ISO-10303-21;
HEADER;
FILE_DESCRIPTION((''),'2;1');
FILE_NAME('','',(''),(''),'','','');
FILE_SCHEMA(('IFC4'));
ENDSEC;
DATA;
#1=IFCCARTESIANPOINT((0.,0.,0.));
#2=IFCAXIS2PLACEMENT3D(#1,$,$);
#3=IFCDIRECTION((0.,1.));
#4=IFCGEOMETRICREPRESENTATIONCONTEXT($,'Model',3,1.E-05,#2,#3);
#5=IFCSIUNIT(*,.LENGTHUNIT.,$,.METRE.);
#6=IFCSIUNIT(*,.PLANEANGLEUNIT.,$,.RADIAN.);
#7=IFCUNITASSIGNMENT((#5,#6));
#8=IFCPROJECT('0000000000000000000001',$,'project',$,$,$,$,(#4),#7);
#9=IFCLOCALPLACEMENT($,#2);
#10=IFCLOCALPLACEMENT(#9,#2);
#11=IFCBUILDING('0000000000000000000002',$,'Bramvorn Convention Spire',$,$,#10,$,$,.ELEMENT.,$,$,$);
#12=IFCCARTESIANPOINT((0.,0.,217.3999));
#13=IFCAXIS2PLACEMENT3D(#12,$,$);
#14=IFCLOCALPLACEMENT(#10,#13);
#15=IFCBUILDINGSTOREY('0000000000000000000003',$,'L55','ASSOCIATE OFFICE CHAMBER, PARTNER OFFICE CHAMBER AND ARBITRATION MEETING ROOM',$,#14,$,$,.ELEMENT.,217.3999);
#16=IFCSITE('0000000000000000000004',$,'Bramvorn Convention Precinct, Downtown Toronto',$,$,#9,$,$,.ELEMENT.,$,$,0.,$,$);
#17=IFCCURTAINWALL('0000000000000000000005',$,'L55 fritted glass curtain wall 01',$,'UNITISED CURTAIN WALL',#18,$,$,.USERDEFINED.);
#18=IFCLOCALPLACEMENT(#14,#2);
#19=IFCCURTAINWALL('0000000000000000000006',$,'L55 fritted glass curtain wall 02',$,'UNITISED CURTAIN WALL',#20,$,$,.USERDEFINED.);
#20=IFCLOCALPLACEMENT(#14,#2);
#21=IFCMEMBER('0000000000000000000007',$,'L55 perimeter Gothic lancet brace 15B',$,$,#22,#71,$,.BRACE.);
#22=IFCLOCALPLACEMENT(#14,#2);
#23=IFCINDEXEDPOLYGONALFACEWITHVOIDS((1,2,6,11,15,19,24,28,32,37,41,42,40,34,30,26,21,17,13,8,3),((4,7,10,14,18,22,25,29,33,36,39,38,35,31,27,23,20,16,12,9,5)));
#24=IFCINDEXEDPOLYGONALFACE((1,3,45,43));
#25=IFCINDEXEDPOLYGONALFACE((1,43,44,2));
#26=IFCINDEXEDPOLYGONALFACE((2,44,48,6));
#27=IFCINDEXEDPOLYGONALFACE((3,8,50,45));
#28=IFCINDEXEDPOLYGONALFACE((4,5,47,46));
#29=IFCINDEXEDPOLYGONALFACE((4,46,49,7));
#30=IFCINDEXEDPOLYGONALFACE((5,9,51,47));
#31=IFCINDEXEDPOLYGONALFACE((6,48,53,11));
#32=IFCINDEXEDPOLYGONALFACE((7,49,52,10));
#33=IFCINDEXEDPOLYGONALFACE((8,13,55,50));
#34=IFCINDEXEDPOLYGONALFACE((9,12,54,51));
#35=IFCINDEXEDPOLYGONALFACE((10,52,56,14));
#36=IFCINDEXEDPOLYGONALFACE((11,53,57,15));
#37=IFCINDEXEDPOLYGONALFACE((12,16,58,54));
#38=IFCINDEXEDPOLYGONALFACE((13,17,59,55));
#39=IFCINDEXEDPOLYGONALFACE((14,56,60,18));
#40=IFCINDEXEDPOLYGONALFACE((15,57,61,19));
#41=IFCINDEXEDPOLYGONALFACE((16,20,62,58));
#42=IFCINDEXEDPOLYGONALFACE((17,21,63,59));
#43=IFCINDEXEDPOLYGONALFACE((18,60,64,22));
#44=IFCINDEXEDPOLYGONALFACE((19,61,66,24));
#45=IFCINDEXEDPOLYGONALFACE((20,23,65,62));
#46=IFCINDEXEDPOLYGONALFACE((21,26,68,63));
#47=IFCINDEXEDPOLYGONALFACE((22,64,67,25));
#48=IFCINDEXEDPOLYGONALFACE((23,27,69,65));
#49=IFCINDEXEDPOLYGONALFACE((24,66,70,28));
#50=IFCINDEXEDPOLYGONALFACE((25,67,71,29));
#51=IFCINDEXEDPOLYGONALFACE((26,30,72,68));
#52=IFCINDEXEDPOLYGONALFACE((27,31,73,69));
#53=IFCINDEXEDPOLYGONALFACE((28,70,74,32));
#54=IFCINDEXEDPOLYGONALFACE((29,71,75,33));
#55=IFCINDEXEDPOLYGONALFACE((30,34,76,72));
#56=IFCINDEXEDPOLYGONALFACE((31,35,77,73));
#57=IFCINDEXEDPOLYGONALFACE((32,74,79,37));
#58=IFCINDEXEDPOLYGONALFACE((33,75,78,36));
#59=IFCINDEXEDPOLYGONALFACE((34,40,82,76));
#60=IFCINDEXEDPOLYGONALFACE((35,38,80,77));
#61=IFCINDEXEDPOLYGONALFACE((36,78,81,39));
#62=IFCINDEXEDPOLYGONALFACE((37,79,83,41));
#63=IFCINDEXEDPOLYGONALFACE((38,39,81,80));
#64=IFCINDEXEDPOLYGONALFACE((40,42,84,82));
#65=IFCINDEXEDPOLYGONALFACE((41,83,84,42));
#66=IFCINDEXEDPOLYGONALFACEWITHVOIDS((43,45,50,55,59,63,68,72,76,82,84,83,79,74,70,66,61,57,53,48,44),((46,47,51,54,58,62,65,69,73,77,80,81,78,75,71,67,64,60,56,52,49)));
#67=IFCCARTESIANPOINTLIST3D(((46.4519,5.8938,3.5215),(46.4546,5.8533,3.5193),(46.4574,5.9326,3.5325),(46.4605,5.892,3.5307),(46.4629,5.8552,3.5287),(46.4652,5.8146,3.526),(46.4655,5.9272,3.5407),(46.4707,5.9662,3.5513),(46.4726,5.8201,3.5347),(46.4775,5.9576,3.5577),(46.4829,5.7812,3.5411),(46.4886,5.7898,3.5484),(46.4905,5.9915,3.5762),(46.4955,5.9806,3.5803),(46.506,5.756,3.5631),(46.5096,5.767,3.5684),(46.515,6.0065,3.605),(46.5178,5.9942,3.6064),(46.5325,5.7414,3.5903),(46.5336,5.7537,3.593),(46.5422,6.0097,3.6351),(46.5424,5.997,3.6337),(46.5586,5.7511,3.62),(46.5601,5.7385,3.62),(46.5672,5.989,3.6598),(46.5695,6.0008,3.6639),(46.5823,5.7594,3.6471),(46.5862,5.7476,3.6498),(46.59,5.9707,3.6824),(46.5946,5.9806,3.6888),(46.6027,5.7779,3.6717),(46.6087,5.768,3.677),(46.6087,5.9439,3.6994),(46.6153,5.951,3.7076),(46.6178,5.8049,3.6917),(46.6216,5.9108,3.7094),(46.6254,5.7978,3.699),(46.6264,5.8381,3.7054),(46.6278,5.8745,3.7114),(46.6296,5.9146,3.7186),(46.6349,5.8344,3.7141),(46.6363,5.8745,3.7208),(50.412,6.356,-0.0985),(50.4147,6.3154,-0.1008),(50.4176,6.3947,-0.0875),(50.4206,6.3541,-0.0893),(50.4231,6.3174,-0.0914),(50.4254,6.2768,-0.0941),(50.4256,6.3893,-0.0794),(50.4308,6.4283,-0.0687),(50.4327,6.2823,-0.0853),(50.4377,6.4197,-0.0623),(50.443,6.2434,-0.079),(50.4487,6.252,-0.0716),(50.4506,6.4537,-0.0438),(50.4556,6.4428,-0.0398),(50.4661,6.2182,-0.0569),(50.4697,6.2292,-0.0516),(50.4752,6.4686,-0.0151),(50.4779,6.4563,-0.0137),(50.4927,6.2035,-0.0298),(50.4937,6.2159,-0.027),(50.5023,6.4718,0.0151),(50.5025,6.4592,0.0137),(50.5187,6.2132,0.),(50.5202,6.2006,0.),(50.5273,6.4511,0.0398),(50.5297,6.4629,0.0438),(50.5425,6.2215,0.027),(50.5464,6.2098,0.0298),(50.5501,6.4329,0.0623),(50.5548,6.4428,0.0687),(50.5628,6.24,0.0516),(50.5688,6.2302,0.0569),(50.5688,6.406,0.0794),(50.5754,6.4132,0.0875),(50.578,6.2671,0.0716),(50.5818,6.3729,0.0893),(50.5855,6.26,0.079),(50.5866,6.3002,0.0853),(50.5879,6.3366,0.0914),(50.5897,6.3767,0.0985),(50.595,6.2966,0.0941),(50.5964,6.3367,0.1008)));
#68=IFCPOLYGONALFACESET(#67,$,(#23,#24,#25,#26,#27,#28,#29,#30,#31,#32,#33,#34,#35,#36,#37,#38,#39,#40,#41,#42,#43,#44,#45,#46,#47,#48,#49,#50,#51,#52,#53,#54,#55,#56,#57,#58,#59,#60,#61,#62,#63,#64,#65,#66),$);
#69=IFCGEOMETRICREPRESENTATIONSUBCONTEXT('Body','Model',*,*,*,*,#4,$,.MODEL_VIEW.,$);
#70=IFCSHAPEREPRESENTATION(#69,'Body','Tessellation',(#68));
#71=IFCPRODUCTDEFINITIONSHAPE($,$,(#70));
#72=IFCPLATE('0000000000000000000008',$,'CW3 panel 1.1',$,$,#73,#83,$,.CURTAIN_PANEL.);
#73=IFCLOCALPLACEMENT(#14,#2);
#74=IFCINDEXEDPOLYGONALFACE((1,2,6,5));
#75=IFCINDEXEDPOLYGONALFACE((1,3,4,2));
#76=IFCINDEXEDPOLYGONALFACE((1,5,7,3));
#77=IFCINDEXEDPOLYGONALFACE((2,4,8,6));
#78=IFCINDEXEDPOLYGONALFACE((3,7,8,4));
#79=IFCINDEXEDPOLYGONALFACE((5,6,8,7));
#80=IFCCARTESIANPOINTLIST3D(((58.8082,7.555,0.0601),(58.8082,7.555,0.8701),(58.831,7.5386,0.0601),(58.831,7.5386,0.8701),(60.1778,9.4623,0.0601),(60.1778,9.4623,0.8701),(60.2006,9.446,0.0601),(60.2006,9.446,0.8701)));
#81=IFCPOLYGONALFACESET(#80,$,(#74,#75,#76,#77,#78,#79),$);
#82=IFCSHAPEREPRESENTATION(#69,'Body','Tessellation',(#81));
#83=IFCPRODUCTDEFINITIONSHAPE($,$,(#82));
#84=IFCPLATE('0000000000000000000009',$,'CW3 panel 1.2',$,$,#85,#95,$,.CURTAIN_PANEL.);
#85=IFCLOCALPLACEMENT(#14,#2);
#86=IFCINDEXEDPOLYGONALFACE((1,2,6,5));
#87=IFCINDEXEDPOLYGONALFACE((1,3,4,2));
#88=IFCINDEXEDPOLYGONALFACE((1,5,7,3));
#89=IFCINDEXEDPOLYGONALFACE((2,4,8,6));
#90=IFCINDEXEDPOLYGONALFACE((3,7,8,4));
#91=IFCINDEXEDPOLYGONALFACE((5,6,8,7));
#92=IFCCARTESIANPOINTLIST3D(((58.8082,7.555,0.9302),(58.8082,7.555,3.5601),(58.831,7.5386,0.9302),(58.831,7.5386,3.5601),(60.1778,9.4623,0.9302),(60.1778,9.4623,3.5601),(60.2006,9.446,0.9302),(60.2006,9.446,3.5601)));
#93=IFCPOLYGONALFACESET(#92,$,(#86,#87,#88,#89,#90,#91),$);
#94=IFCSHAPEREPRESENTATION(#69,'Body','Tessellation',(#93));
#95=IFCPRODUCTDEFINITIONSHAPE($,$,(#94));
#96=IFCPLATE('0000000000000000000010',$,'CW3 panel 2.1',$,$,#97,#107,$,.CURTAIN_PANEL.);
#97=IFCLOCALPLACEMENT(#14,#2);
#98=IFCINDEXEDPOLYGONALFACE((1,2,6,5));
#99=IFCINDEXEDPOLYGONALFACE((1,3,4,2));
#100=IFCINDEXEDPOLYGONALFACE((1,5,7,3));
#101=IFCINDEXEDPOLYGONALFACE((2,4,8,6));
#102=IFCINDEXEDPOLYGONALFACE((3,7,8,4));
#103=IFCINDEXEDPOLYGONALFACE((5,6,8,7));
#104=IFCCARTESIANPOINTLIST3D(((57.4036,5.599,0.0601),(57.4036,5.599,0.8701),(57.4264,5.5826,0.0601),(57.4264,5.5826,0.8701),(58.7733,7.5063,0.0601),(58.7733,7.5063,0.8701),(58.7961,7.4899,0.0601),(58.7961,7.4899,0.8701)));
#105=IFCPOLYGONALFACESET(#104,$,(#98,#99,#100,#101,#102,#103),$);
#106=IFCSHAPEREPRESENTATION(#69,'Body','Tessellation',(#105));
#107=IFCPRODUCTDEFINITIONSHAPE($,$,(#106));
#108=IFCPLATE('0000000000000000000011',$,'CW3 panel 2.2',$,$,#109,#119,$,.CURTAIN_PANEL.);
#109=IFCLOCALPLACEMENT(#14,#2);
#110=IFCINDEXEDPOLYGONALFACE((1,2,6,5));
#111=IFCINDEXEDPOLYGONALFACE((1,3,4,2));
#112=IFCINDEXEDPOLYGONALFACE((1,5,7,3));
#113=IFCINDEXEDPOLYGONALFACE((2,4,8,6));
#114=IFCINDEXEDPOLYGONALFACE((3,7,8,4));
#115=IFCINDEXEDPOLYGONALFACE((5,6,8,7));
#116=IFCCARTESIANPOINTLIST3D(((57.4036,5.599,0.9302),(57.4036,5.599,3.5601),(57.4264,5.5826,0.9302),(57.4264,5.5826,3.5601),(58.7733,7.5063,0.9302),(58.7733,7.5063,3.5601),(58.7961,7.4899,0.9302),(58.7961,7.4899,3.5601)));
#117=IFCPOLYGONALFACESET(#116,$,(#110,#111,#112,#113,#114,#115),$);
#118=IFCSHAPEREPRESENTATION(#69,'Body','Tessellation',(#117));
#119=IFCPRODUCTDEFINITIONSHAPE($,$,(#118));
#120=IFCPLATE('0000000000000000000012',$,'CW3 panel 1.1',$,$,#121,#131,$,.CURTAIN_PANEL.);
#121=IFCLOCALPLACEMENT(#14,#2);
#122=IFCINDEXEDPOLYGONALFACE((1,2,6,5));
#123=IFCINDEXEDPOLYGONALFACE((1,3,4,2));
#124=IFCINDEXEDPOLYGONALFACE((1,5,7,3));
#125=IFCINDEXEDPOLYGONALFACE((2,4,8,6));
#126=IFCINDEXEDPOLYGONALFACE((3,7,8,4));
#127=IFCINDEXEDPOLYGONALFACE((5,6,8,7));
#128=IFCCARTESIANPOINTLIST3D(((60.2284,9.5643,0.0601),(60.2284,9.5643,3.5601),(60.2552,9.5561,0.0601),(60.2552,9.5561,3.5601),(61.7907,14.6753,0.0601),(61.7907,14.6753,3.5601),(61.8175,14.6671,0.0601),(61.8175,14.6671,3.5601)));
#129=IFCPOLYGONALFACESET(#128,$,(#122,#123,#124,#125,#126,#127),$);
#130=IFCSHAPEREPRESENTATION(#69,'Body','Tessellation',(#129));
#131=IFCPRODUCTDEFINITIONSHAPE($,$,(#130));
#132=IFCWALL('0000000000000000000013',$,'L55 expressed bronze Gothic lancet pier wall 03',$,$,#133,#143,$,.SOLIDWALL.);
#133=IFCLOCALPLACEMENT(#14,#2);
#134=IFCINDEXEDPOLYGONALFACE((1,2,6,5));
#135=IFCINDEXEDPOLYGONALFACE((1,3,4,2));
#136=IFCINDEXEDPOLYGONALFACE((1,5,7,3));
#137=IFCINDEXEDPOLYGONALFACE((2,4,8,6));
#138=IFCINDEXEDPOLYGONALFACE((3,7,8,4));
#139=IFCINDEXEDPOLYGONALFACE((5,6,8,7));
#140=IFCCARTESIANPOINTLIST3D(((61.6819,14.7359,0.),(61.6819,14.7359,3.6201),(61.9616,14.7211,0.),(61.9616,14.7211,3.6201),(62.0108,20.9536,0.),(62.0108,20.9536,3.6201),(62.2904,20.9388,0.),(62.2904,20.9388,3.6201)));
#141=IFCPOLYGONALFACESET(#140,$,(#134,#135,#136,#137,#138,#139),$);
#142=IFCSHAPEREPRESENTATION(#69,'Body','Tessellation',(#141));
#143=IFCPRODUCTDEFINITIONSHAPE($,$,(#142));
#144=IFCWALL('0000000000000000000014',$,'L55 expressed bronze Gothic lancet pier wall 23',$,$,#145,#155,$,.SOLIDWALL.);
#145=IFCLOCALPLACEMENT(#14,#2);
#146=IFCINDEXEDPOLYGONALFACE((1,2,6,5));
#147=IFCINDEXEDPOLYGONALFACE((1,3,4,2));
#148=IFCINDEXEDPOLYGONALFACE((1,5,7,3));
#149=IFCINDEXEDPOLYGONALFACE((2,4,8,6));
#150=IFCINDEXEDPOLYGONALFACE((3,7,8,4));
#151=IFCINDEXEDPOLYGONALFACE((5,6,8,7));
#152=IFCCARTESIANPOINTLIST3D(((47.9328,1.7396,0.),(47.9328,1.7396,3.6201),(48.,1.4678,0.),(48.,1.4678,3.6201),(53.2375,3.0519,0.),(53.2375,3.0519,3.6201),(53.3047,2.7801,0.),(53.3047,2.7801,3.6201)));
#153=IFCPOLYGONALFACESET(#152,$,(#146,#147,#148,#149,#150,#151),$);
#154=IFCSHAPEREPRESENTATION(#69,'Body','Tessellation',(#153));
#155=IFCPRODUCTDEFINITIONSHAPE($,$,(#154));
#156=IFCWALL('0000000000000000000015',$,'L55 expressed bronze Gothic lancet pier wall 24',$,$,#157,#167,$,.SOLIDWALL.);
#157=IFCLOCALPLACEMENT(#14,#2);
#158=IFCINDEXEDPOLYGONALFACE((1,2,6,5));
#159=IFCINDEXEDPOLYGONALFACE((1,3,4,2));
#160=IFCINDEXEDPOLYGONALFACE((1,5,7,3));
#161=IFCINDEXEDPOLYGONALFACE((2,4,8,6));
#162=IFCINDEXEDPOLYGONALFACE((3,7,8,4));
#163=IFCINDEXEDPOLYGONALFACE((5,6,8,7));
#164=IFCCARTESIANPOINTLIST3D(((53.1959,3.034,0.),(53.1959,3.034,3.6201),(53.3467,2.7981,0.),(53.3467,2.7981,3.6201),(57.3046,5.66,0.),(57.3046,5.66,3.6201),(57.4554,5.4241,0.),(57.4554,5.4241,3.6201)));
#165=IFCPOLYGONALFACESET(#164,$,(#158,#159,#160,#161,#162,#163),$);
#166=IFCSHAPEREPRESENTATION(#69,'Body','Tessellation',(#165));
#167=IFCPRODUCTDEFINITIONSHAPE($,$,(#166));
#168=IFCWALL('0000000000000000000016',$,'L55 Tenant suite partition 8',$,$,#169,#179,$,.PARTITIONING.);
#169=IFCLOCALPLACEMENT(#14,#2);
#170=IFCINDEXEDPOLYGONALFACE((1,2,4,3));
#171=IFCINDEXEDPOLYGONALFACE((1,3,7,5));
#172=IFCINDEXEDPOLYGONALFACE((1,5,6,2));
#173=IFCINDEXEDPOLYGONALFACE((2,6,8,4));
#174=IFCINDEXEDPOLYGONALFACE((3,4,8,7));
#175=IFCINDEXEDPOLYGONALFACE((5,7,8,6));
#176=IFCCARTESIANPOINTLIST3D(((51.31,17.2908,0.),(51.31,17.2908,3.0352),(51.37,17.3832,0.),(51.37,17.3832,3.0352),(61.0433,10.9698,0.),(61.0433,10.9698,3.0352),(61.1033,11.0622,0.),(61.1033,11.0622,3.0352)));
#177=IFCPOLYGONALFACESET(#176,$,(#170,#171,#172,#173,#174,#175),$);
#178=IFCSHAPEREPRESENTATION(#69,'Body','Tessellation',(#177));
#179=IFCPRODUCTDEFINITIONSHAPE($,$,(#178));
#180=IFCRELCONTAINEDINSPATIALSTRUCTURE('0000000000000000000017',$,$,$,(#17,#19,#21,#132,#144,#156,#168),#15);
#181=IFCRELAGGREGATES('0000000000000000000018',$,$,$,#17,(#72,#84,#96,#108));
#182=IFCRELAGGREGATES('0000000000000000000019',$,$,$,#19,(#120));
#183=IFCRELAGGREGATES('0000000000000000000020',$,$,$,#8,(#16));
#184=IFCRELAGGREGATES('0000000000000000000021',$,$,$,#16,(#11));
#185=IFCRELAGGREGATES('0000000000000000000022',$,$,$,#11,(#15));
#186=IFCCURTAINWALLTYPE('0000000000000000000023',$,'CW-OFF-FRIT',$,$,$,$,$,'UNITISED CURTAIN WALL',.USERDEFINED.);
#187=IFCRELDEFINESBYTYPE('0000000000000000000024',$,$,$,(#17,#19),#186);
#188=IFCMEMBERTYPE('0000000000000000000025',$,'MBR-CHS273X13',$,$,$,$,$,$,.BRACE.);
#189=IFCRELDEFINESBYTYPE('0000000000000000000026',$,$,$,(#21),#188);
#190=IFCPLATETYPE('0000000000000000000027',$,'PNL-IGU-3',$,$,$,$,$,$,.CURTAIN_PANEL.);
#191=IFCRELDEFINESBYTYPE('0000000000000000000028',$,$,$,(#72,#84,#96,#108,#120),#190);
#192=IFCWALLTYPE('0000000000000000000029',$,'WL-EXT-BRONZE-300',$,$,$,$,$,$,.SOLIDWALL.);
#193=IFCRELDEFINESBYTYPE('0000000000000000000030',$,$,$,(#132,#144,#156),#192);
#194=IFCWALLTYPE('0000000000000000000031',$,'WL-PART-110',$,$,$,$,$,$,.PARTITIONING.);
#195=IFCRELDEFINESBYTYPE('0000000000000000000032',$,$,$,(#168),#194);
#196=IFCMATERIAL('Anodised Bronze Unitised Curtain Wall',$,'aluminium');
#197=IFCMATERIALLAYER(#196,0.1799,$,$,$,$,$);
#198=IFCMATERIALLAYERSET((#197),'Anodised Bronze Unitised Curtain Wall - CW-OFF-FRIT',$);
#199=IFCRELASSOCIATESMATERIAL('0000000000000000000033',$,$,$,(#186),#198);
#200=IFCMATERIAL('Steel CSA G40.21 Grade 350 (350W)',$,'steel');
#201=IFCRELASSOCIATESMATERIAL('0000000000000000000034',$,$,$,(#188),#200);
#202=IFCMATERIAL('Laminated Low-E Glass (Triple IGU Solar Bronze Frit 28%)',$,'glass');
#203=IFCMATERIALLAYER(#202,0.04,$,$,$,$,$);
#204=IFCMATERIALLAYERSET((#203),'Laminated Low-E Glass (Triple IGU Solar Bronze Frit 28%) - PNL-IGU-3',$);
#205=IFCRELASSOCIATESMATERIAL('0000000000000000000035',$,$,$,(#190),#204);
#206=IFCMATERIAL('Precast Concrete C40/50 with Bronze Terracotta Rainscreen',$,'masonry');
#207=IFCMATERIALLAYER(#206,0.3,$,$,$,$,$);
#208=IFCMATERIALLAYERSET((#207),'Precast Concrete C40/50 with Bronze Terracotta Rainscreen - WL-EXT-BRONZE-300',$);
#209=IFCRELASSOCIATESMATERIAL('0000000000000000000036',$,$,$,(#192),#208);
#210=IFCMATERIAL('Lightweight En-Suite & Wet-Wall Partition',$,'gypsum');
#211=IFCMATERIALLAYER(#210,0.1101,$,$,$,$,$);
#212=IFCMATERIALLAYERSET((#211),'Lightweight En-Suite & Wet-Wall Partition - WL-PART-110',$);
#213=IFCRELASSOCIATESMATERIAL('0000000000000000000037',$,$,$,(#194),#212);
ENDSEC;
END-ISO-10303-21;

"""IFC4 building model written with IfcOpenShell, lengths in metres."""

from ifc_helpers import new_model, si_unit, direction, frame, frame_2d, origin, origin_2d, place, context, subcontext, project, spatial, rectangle, hollow_circle, extrude, material, layer, layer_set, material_profile, profile_set, type_object, element, aggregate, save


model = new_model("IFC4")

# Units and contexts
model_context = context("Model", 3, precision=1e-05, world=origin(), true_north=direction((0.0, 1.0)))
body_context = subcontext(model_context, "Body", "Model", "MODEL_VIEW")
ifc_project = project(units=[si_unit("LENGTHUNIT", "METRE"), si_unit("PLANEANGLEUNIT", "RADIAN")], contexts=[model_context])

# Site, building, storey
site_placement = place(None, origin())
site = spatial("IfcSite", under=ifc_project, at=site_placement, Name="Bramvorn Convention Precinct, Downtown Toronto", CompositionType="ELEMENT", RefElevation=0.0)
building_placement = place(site_placement, origin())
building = spatial("IfcBuilding", under=site, at=building_placement, Name="Bramvorn Convention Spire", CompositionType="ELEMENT")
storey_placement = place(building_placement, frame((0.0, 0.0, 217.3999)))
storey = spatial("IfcBuildingStorey", under=building, at=storey_placement, Name="L55", Description="ASSOCIATE OFFICE CHAMBER, PARTNER OFFICE CHAMBER AND ARBITRATION MEETING ROOM", CompositionType="ELEMENT", Elevation=217.3999)

# Shared definitions
ifc_material_1 = material(Name="Steel CSA G40.21 Grade 350 (350W)", Category="steel")

# Curtain walls
ifc_material_2 = material(Name="Anodised Bronze Unitised Curtain Wall", Category="aluminium")
ifc_layer_1 = layer(ifc_material_2, 0.1799)
ifc_layer_set_1 = layer_set([ifc_layer_1], Name="Anodised Bronze Unitised Curtain Wall - CW-OFF-FRIT")
curtain_wall_type = type_object("IfcCurtainWallType", Name="CW-OFF-FRIT", ElementType="UNITISED CURTAIN WALL", PredefinedType="USERDEFINED", material=ifc_layer_set_1)
curtain_wall_1_placement = place(storey_placement, origin())
curtain_wall_1 = element("IfcCurtainWall", 1, at=curtain_wall_1_placement, inside=storey, type_object=curtain_wall_type, Name="L55 fritted glass curtain wall 01", ObjectType="UNITISED CURTAIN WALL", PredefinedType="USERDEFINED")
curtain_wall_2_placement = place(storey_placement, origin())
curtain_wall_2 = element("IfcCurtainWall", 2, at=curtain_wall_2_placement, inside=storey, type_object=curtain_wall_type, Name="L55 fritted glass curtain wall 02", ObjectType="UNITISED CURTAIN WALL", PredefinedType="USERDEFINED")

# Member
ifc_material_profile_1 = material_profile(ifc_material_1, hollow_circle(Radius=0.1365, WallThickness=0.0127, at=origin_2d()))
ifc_profile_set_1 = profile_set([ifc_material_profile_1], Name="Steel CSA G40.21 Grade 350 (350W) - CHS273X13")
member_type_1 = type_object("IfcMemberType", Name="MBR-CHS273X13", PredefinedType="BRACE", material=ifc_profile_set_1)
member_1_placement = place(storey_placement, frame((50.5044, 6.3362, 0.0), z_axis=(-0.735365, -0.085818, 0.672215), x_axis=(0.115914, -0.993259, 0.0)))
element("IfcMember", 3, at=member_1_placement, inside=storey, type_object=member_type_1, Name="L55 perimeter Gothic lancet brace 15B", PredefinedType="BRACE", context=body_context, shape_type="SweptSolid", body=[
    extrude(hollow_circle(Radius=0.1365, WallThickness=0.0127, at=origin_2d()), origin(), (0.0, 0.0, 1.0), 5.3853),
])

# Plates
ifc_material_3 = material(Name="Laminated Low-E Glass (Triple IGU Solar Bronze Frit 28%)", Category="glass")
ifc_layer_2 = layer(ifc_material_3, 0.04)
ifc_layer_set_2 = layer_set([ifc_layer_2], Name="Laminated Low-E Glass (Triple IGU Solar Bronze Frit 28%) - PNL-IGU-3")
plate_type = type_object("IfcPlateType", Name="PNL-IGU-3", PredefinedType="CURTAIN_PANEL", material=ifc_layer_set_2)
plate_1_placement = place(storey_placement, frame((59.5044, 8.5005, 0.0601), z_axis=(0.0, 0.0, 1.0), x_axis=(-0.583295, -0.812261, 0.0)))
plate_1 = element("IfcPlate", 4, at=plate_1_placement, type_object=plate_type, Name="CW3 panel 1.1", PredefinedType="CURTAIN_PANEL", context=body_context, shape_type="SweptSolid", body=[
    extrude(rectangle(XDim=2.3481, YDim=0.0281, at=origin_2d()), origin(), (0.0, 0.0, 1.0), 0.8101),
])
plate_2_placement = place(storey_placement, frame((59.5044, 8.5005, 0.9302), z_axis=(0.0, 0.0, 1.0), x_axis=(-0.583295, -0.812261, 0.0)))
plate_2 = element("IfcPlate", 5, at=plate_2_placement, type_object=plate_type, Name="CW3 panel 1.2", PredefinedType="CURTAIN_PANEL", context=body_context, shape_type="SweptSolid", body=[
    extrude(rectangle(XDim=2.3481, YDim=0.0281, at=origin_2d()), origin(), (0.0, 0.0, 1.0), 2.6299),
])
plate_3_placement = place(storey_placement, frame((58.0999, 6.5444, 0.0601), z_axis=(0.0, 0.0, 1.0), x_axis=(-0.583295, -0.812261, 0.0)))
plate_3 = element("IfcPlate", 6, at=plate_3_placement, type_object=plate_type, Name="CW3 panel 2.1", PredefinedType="CURTAIN_PANEL", context=body_context, shape_type="SweptSolid", body=[
    extrude(rectangle(XDim=2.3481, YDim=0.0281, at=origin_2d()), origin(), (0.0, 0.0, 1.0), 0.8101),
])
plate_4_placement = place(storey_placement, frame((58.0999, 6.5444, 0.9302), z_axis=(0.0, 0.0, 1.0), x_axis=(-0.583295, -0.812261, 0.0)))
plate_4 = element("IfcPlate", 7, at=plate_4_placement, type_object=plate_type, Name="CW3 panel 2.2", PredefinedType="CURTAIN_PANEL", context=body_context, shape_type="SweptSolid", body=[
    extrude(rectangle(XDim=2.3481, YDim=0.0281, at=origin_2d()), origin(), (0.0, 0.0, 1.0), 2.6299),
])
aggregate(curtain_wall_1, [plate_1, plate_2, plate_3, plate_4])
plate_5_placement = place(storey_placement, frame((61.0229, 12.1157, 0.0601), z_axis=(0.0, 0.0, 1.0), x_axis=(-0.292318, -0.956321, 0.0)))
plate_5 = element("IfcPlate", 8, at=plate_5_placement, type_object=plate_type, Name="CW3 panel 1.1", PredefinedType="CURTAIN_PANEL", context=body_context, shape_type="SweptSolid", body=[
    extrude(rectangle(XDim=5.3445, YDim=0.0281, at=origin_2d()), origin(), (0.0, 0.0, 1.0), 3.5),
])
aggregate(curtain_wall_2, [plate_5])

# Walls
ifc_material_4 = material(Name="Precast Concrete C40/50 with Bronze Terracotta Rainscreen", Category="masonry")
ifc_layer_3 = layer(ifc_material_4, 0.3)
ifc_layer_set_3 = layer_set([ifc_layer_3], Name="Precast Concrete C40/50 with Bronze Terracotta Rainscreen - WL-EXT-BRONZE-300")
wall_type_1 = type_object("IfcWallType", Name="WL-EXT-BRONZE-300", PredefinedType="SOLIDWALL", material=ifc_layer_set_3)
wall_1_placement = place(storey_placement, frame((62.1506, 20.9463, 0.0), z_axis=(0.0, 0.0, 1.0), x_axis=(-0.052818, -0.998604, 0.0)))
element("IfcWall", 9, at=wall_1_placement, inside=storey, type_object=wall_type_1, Name="L55 expressed bronze Gothic lancet pier wall 03", PredefinedType="SOLIDWALL", context=body_context, shape_type="SweptSolid", body=[
    extrude(rectangle(XDim=6.2263, YDim=0.28, at=frame_2d((3.1133, 0.0))), origin(), (0.0, 0.0, 1.0), 3.6201),
])
wall_2_placement = place(storey_placement, frame((53.2712, 2.916, 0.0), z_axis=(0.0, 0.0, 1.0), x_axis=(-0.970739, -0.240138, 0.0)))
element("IfcWall", 10, at=wall_2_placement, inside=storey, type_object=wall_type_1, Name="L55 expressed bronze Gothic lancet pier wall 23", PredefinedType="SOLIDWALL", context=body_context, shape_type="SweptSolid", body=[
    extrude(rectangle(XDim=5.4646, YDim=0.28, at=frame_2d((2.7324, 0.0))), origin(), (0.0, 0.0, 1.0), 3.6201),
])
wall_3_placement = place(storey_placement, frame((57.3799, 5.542, 0.0), z_axis=(0.0, 0.0, 1.0), x_axis=(-0.842602, -0.538536, 0.0)))
element("IfcWall", 11, at=wall_3_placement, inside=storey, type_object=wall_type_1, Name="L55 expressed bronze Gothic lancet pier wall 24", PredefinedType="SOLIDWALL", context=body_context, shape_type="SweptSolid", body=[
    extrude(rectangle(XDim=4.8762, YDim=0.28, at=frame_2d((2.438, 0.0))), origin(), (0.0, 0.0, 1.0), 3.6201),
])
ifc_material_5 = material(Name="Lightweight En-Suite & Wet-Wall Partition", Category="gypsum")
ifc_layer_4 = layer(ifc_material_5, 0.1101)
ifc_layer_set_4 = layer_set([ifc_layer_4], Name="Lightweight En-Suite & Wet-Wall Partition - WL-PART-110")
wall_type_2 = type_object("IfcWallType", Name="WL-PART-110", PredefinedType="PARTITIONING", material=ifc_layer_set_4)
wall_4_placement = place(storey_placement, frame((51.3401, 17.3369, 0.0), z_axis=(0.0, 0.0, 1.0), x_axis=(0.838667, -0.544645, 0.0)))
element("IfcWall", 12, at=wall_4_placement, inside=storey, type_object=wall_type_2, Name="L55 Tenant suite partition 8", PredefinedType="PARTITIONING", context=body_context, shape_type="SweptSolid", body=[
    extrude(rectangle(XDim=11.6057, YDim=0.1101, at=frame_2d((5.8027, 0.0))), origin(), (0.0, 0.0, 1.0), 3.0352),
])

save(model, "model.ifc")
